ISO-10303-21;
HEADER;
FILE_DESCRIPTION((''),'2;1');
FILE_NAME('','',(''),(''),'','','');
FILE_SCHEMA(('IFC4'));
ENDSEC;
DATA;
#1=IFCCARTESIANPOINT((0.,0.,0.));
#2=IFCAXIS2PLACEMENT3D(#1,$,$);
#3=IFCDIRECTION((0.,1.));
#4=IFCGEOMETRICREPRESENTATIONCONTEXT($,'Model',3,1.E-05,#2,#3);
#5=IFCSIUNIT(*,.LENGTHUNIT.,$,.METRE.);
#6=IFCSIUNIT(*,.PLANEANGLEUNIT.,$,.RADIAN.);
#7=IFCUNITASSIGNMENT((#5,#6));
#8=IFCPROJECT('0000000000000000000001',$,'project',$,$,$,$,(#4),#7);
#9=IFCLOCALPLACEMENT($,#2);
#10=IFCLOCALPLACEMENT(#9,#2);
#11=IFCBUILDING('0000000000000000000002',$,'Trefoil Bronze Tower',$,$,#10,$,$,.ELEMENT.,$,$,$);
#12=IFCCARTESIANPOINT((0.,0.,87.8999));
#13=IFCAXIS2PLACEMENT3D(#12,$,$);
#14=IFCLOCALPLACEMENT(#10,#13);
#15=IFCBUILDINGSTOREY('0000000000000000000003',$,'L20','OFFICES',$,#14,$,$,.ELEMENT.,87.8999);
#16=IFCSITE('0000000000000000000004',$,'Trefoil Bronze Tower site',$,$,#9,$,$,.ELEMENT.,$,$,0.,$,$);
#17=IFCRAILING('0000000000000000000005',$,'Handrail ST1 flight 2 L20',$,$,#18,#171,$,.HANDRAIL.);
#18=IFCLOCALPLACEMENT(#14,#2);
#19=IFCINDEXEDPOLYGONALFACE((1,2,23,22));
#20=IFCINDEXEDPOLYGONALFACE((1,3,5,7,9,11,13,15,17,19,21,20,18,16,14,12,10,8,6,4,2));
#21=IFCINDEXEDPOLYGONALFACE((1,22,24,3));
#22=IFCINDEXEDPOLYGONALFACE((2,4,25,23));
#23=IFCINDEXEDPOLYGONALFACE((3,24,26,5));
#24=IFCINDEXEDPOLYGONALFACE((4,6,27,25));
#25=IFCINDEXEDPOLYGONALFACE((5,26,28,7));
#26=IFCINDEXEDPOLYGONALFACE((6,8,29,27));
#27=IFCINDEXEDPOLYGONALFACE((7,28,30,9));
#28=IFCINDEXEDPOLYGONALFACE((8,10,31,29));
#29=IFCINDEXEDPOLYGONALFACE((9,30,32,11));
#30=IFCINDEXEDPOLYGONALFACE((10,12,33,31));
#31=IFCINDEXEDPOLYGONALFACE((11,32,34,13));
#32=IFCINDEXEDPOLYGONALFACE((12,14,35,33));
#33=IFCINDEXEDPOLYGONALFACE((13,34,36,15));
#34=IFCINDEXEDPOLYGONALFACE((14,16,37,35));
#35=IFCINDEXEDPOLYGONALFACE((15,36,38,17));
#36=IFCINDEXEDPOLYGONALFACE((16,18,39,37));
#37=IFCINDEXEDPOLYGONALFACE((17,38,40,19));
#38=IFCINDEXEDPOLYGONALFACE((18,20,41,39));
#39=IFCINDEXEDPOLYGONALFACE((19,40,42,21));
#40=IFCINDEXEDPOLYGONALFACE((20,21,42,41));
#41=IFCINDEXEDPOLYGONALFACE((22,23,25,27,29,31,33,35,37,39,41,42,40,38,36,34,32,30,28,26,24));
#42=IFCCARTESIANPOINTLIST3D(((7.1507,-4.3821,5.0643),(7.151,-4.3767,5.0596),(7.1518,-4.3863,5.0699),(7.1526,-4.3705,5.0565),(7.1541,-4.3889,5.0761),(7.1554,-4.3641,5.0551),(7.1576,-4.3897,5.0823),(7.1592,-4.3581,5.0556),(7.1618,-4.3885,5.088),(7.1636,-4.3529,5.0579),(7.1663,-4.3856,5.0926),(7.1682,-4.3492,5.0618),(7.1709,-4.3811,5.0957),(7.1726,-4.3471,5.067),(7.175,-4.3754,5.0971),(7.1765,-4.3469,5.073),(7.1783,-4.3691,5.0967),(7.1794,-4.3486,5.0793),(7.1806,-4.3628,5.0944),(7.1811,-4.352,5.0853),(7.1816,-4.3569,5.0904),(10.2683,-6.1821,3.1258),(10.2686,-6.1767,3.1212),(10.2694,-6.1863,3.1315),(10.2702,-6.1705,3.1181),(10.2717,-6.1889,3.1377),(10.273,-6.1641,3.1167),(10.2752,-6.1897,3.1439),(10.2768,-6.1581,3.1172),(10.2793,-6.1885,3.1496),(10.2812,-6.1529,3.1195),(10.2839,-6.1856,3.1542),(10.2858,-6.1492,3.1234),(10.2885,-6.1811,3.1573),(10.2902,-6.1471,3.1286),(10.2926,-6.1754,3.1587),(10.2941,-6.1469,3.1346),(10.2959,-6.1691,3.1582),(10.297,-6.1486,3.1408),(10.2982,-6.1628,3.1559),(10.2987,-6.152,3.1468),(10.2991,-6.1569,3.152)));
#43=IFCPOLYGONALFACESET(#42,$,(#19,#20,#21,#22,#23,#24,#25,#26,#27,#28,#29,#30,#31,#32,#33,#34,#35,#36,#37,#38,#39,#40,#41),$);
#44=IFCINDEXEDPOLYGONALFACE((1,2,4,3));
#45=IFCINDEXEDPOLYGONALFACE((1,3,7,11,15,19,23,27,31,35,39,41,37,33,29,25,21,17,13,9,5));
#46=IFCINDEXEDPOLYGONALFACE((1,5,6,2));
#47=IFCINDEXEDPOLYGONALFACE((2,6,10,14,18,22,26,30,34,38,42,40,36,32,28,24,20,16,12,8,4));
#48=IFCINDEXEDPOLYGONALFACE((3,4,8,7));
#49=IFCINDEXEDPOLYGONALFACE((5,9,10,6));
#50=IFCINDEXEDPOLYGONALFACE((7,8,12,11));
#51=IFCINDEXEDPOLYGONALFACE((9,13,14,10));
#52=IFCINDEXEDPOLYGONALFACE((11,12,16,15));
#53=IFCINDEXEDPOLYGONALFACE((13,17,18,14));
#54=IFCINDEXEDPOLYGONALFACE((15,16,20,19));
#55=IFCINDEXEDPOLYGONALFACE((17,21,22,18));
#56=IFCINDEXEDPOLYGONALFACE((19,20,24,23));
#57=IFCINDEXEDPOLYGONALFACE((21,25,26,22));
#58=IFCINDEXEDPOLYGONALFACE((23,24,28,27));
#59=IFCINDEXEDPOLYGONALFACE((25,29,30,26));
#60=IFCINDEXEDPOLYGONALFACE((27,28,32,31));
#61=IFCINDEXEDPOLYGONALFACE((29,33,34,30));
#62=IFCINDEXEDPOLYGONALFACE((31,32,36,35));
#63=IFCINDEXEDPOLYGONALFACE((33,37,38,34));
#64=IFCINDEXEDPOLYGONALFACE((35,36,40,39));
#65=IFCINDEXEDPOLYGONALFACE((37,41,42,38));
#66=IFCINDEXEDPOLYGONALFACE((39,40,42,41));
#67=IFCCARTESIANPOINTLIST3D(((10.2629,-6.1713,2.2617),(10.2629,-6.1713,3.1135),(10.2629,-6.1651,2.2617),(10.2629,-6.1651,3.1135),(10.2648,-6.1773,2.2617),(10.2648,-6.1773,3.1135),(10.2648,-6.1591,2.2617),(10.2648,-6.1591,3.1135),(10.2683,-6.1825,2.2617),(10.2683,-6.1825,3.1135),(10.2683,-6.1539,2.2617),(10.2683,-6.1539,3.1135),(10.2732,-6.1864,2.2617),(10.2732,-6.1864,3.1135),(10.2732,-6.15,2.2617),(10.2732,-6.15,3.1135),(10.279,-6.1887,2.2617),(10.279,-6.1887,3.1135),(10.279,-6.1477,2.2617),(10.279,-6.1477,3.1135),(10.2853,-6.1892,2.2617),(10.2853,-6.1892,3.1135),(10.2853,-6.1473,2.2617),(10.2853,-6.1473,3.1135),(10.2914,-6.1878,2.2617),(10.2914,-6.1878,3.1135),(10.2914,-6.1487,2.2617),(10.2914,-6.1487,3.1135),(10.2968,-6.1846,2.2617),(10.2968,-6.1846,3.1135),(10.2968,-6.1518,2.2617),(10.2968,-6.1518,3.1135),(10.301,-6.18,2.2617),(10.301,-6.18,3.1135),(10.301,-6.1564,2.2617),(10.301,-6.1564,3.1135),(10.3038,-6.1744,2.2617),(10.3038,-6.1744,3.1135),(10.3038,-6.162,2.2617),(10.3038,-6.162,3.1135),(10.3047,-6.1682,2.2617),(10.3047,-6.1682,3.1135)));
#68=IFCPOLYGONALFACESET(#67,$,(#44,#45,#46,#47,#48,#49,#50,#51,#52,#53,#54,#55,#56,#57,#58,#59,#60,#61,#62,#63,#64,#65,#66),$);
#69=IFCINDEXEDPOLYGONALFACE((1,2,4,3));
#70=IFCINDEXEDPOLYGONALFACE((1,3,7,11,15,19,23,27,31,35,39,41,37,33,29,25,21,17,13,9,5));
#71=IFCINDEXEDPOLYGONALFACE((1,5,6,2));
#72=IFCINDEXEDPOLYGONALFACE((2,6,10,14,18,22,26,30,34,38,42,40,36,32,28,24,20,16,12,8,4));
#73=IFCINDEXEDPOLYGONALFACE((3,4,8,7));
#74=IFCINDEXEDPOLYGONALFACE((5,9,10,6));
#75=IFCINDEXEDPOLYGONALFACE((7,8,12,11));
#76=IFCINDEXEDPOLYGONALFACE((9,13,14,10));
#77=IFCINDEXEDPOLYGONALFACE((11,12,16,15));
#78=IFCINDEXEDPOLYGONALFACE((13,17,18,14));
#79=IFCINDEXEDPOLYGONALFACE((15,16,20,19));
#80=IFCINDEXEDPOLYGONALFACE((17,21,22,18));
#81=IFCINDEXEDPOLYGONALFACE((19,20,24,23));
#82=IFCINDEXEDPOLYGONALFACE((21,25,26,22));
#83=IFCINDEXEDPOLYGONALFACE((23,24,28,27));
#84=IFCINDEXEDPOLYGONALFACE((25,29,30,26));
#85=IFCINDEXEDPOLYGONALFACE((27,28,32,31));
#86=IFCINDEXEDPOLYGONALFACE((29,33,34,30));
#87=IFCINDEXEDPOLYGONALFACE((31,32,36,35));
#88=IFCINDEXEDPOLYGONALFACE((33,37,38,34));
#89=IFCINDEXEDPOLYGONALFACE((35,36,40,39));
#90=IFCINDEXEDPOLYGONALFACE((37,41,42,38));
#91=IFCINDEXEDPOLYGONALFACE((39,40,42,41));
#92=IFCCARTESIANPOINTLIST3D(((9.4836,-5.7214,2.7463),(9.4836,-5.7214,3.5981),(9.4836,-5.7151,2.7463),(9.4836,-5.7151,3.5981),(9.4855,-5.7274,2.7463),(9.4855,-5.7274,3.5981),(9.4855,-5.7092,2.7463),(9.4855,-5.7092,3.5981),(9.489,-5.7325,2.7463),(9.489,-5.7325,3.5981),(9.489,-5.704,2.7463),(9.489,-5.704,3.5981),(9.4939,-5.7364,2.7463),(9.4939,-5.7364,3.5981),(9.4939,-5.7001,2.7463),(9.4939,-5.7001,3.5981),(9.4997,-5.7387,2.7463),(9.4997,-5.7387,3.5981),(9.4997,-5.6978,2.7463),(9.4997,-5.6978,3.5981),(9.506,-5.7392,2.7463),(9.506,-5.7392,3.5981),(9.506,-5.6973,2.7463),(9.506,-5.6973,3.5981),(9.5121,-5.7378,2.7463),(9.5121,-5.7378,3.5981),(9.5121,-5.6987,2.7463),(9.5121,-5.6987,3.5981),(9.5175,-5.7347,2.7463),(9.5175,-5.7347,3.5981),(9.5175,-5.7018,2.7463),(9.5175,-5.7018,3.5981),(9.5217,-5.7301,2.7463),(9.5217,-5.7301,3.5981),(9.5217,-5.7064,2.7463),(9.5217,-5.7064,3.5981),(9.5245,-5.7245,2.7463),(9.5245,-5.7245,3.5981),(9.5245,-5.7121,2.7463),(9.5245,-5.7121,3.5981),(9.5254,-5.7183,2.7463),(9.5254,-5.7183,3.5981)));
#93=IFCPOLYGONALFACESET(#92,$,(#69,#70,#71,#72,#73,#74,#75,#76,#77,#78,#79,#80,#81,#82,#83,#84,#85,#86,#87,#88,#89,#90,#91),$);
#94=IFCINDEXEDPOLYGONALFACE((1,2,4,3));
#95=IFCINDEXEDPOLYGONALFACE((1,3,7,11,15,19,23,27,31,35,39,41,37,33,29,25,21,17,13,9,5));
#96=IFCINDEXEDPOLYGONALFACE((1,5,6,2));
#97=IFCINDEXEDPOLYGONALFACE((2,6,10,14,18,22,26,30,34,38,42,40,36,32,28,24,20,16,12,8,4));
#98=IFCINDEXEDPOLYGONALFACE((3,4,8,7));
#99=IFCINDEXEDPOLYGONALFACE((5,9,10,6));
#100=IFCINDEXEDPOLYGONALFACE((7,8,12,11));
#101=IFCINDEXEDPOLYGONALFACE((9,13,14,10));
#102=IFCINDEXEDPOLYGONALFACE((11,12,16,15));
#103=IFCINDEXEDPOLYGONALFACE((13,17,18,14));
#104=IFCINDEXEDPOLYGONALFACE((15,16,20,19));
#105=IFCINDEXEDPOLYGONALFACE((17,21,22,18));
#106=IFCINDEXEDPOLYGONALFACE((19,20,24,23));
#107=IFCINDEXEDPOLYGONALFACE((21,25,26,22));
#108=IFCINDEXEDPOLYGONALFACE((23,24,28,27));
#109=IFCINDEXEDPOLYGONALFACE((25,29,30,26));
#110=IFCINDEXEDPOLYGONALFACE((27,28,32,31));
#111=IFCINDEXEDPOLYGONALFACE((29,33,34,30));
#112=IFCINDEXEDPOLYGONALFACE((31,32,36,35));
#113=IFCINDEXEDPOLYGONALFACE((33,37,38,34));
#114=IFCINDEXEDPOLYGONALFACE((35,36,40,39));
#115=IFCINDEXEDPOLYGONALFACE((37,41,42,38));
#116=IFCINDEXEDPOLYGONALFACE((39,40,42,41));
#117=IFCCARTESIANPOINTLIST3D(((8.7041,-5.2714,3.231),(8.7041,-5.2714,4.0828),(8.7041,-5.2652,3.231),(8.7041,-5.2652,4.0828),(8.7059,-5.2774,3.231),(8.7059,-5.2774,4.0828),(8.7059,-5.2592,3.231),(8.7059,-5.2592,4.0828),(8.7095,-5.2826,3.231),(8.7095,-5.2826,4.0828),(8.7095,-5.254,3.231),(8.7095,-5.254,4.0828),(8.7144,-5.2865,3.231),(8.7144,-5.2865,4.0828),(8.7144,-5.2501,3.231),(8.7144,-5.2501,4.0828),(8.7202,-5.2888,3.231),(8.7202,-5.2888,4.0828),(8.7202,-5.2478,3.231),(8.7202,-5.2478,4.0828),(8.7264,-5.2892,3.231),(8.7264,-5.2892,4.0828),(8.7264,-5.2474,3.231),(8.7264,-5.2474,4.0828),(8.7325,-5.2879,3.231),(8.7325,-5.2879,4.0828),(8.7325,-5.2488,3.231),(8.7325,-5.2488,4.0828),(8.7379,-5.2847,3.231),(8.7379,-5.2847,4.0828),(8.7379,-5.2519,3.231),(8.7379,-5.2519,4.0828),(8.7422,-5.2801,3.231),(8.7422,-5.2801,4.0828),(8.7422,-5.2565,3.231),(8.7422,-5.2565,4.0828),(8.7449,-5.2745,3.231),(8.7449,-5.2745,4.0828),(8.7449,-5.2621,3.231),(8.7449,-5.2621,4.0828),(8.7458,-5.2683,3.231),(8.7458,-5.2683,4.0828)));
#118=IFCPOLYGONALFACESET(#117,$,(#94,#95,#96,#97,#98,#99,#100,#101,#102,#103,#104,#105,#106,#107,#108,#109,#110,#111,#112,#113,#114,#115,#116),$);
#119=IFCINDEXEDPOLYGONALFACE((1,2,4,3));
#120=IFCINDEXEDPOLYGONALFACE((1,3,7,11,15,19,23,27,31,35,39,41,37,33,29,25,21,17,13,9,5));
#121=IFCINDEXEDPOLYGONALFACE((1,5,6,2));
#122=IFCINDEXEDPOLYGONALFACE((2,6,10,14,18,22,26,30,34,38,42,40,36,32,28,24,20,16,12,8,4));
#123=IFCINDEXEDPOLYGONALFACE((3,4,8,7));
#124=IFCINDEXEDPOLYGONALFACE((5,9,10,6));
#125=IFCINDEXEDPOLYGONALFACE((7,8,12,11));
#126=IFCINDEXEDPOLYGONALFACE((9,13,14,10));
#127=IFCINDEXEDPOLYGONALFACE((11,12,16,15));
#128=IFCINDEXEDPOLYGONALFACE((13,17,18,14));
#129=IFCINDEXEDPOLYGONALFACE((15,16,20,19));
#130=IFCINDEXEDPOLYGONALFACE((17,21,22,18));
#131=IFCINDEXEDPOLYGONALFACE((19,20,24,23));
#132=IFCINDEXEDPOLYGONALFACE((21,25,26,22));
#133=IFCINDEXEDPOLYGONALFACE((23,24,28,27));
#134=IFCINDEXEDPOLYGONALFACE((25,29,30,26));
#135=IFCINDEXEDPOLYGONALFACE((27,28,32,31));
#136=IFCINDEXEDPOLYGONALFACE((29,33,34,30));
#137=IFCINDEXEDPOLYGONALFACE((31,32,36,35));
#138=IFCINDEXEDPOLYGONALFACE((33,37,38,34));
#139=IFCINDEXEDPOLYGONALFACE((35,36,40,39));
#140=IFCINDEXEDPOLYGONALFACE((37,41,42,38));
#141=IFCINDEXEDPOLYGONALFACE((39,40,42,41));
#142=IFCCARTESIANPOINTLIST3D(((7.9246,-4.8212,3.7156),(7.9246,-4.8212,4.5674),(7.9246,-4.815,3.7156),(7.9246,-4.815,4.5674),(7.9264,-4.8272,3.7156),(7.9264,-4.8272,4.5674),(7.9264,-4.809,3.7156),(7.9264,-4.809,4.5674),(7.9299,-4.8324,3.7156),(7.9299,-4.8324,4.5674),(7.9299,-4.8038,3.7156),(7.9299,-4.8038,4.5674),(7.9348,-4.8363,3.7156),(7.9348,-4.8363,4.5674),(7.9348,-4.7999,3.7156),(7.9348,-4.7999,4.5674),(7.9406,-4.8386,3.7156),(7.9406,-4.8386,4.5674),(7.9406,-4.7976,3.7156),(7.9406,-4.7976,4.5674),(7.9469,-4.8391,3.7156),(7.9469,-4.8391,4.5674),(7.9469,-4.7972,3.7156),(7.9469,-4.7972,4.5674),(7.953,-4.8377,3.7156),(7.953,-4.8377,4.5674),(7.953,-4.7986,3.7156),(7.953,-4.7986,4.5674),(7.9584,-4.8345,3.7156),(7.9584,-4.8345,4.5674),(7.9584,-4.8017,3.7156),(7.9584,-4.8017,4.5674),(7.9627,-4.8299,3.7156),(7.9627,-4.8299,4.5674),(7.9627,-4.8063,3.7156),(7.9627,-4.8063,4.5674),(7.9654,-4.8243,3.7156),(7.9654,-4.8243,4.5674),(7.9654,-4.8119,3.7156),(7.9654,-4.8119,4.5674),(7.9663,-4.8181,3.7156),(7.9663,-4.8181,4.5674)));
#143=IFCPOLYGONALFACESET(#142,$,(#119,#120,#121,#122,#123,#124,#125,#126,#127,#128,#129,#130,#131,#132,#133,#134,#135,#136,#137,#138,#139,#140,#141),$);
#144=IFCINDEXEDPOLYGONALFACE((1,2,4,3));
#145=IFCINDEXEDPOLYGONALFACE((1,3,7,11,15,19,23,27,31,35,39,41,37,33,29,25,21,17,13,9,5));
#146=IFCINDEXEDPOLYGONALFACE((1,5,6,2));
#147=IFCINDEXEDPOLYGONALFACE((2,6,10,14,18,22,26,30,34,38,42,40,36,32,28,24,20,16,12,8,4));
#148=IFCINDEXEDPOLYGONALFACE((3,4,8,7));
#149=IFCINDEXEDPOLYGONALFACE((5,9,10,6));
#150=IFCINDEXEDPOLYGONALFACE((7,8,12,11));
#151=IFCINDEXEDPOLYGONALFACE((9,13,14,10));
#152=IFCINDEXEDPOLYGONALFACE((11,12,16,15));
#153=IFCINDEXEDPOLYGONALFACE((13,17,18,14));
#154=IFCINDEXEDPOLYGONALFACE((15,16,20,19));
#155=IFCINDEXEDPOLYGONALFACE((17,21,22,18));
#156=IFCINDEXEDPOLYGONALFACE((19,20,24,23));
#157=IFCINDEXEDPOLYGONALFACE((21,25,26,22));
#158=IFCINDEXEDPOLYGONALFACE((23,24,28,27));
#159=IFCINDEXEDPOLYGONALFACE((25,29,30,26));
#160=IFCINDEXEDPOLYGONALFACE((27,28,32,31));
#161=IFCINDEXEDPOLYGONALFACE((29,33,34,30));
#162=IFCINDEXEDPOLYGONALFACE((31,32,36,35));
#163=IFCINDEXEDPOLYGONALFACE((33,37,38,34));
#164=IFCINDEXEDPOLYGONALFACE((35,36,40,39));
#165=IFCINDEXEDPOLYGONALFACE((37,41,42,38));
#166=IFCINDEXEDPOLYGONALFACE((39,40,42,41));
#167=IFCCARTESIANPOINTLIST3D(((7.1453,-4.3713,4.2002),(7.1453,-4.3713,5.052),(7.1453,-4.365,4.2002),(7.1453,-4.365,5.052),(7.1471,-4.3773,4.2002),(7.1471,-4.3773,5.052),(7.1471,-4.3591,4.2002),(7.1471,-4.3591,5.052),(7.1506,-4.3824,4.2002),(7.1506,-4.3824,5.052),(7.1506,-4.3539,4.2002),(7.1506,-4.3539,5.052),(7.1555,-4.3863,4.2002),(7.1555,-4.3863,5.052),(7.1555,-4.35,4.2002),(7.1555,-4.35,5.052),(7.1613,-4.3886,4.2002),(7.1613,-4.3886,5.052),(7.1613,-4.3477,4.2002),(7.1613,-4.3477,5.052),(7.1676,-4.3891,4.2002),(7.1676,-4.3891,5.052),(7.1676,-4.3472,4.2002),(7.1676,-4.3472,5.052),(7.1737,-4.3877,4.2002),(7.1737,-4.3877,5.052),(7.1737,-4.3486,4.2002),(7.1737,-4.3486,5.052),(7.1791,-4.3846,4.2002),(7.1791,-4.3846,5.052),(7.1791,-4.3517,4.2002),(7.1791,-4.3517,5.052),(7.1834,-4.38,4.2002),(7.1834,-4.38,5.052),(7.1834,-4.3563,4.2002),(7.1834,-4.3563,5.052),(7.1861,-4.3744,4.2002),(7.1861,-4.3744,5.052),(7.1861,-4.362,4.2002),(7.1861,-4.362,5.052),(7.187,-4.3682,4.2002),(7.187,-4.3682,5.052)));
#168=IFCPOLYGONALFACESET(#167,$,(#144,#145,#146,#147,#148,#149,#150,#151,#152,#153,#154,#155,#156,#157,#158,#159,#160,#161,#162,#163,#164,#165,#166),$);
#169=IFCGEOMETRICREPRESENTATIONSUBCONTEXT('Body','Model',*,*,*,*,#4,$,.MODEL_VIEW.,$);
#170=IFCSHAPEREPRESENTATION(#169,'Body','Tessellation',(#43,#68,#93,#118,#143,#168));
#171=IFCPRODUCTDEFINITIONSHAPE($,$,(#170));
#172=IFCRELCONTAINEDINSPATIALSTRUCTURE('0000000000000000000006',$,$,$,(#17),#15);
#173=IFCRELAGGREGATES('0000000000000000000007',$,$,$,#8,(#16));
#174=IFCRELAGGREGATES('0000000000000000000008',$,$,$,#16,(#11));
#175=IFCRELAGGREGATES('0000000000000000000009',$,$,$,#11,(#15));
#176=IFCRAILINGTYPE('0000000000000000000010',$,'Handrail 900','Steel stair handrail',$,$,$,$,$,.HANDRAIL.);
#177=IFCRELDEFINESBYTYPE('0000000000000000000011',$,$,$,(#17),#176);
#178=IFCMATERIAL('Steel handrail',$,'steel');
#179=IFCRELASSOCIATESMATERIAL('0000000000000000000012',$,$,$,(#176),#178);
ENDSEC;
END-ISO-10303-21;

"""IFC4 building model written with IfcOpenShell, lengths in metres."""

from ifc_helpers import new_model, si_unit, direction, frame, origin, origin_2d, place, context, subcontext, project, spatial, circle, extrude, material, type_object, element, save


model = new_model("IFC4")

# Units and contexts
model_context = context("Model", 3, precision=1e-05, world=origin(), true_north=direction((0.0, 1.0)))
body_context = subcontext(model_context, "Body", "Model", "MODEL_VIEW")
ifc_project = project(units=[si_unit("LENGTHUNIT", "METRE"), si_unit("PLANEANGLEUNIT", "RADIAN")], contexts=[model_context])

# Site, building, storey
site_placement = place(None, origin())
site = spatial("IfcSite", under=ifc_project, at=site_placement, Name="Trefoil Bronze Tower site", CompositionType="ELEMENT", RefElevation=0.0)
building_placement = place(site_placement, origin())
building = spatial("IfcBuilding", under=site, at=building_placement, Name="Trefoil Bronze Tower", CompositionType="ELEMENT")
storey_placement = place(building_placement, frame((0.0, 0.0, 87.8999)))
storey = spatial("IfcBuildingStorey", under=building, at=storey_placement, Name="L20", Description="OFFICES", CompositionType="ELEMENT", Elevation=87.8999)

# Railing
ifc_material_1 = material(Name="Steel handrail", Category="steel")
railing_type = type_object("IfcRailingType", Name="Handrail 900", Description="Steel stair handrail", PredefinedType="HANDRAIL", material=ifc_material_1)
railing_1_placement = place(storey_placement, frame((10.2837, -6.1682, 2.2617)))
element("IfcRailing", 1, at=railing_1_placement, inside=storey, type_object=railing_type, Name="Handrail ST1 flight 2 L20", PredefinedType="HANDRAIL", context=body_context, shape_type="SweptSolid", body=[
    extrude(circle(Radius=0.0239, at=origin_2d()), frame((0.0, 0.0, 0.876), z_axis=(-0.762503, 0.440246, 0.474102), x_axis=(-0.500012, -0.866018, 0.0)), (0.0, 0.0, 1.0), 4.0886),
    extrude(circle(Radius=0.021, at=origin_2d()), origin(), (0.0, 0.0, 1.0), 0.8518),
    extrude(circle(Radius=0.021, at=origin_2d()), frame((-0.7793, 0.45, 0.4846)), (0.0, 0.0, 1.0), 0.8518),
    extrude(circle(Radius=0.021, at=origin_2d()), frame((-1.5588, 0.8999, 0.9692)), (0.0, 0.0, 1.0), 0.8518),
    extrude(circle(Radius=0.021, at=origin_2d()), frame((-2.3384, 1.3501, 1.4539)), (0.0, 0.0, 1.0), 0.8518),
    extrude(circle(Radius=0.021, at=origin_2d()), frame((-3.1177, 1.8, 1.9385)), (0.0, 0.0, 1.0), 0.8518),
])

save(model, "model.ifc")
